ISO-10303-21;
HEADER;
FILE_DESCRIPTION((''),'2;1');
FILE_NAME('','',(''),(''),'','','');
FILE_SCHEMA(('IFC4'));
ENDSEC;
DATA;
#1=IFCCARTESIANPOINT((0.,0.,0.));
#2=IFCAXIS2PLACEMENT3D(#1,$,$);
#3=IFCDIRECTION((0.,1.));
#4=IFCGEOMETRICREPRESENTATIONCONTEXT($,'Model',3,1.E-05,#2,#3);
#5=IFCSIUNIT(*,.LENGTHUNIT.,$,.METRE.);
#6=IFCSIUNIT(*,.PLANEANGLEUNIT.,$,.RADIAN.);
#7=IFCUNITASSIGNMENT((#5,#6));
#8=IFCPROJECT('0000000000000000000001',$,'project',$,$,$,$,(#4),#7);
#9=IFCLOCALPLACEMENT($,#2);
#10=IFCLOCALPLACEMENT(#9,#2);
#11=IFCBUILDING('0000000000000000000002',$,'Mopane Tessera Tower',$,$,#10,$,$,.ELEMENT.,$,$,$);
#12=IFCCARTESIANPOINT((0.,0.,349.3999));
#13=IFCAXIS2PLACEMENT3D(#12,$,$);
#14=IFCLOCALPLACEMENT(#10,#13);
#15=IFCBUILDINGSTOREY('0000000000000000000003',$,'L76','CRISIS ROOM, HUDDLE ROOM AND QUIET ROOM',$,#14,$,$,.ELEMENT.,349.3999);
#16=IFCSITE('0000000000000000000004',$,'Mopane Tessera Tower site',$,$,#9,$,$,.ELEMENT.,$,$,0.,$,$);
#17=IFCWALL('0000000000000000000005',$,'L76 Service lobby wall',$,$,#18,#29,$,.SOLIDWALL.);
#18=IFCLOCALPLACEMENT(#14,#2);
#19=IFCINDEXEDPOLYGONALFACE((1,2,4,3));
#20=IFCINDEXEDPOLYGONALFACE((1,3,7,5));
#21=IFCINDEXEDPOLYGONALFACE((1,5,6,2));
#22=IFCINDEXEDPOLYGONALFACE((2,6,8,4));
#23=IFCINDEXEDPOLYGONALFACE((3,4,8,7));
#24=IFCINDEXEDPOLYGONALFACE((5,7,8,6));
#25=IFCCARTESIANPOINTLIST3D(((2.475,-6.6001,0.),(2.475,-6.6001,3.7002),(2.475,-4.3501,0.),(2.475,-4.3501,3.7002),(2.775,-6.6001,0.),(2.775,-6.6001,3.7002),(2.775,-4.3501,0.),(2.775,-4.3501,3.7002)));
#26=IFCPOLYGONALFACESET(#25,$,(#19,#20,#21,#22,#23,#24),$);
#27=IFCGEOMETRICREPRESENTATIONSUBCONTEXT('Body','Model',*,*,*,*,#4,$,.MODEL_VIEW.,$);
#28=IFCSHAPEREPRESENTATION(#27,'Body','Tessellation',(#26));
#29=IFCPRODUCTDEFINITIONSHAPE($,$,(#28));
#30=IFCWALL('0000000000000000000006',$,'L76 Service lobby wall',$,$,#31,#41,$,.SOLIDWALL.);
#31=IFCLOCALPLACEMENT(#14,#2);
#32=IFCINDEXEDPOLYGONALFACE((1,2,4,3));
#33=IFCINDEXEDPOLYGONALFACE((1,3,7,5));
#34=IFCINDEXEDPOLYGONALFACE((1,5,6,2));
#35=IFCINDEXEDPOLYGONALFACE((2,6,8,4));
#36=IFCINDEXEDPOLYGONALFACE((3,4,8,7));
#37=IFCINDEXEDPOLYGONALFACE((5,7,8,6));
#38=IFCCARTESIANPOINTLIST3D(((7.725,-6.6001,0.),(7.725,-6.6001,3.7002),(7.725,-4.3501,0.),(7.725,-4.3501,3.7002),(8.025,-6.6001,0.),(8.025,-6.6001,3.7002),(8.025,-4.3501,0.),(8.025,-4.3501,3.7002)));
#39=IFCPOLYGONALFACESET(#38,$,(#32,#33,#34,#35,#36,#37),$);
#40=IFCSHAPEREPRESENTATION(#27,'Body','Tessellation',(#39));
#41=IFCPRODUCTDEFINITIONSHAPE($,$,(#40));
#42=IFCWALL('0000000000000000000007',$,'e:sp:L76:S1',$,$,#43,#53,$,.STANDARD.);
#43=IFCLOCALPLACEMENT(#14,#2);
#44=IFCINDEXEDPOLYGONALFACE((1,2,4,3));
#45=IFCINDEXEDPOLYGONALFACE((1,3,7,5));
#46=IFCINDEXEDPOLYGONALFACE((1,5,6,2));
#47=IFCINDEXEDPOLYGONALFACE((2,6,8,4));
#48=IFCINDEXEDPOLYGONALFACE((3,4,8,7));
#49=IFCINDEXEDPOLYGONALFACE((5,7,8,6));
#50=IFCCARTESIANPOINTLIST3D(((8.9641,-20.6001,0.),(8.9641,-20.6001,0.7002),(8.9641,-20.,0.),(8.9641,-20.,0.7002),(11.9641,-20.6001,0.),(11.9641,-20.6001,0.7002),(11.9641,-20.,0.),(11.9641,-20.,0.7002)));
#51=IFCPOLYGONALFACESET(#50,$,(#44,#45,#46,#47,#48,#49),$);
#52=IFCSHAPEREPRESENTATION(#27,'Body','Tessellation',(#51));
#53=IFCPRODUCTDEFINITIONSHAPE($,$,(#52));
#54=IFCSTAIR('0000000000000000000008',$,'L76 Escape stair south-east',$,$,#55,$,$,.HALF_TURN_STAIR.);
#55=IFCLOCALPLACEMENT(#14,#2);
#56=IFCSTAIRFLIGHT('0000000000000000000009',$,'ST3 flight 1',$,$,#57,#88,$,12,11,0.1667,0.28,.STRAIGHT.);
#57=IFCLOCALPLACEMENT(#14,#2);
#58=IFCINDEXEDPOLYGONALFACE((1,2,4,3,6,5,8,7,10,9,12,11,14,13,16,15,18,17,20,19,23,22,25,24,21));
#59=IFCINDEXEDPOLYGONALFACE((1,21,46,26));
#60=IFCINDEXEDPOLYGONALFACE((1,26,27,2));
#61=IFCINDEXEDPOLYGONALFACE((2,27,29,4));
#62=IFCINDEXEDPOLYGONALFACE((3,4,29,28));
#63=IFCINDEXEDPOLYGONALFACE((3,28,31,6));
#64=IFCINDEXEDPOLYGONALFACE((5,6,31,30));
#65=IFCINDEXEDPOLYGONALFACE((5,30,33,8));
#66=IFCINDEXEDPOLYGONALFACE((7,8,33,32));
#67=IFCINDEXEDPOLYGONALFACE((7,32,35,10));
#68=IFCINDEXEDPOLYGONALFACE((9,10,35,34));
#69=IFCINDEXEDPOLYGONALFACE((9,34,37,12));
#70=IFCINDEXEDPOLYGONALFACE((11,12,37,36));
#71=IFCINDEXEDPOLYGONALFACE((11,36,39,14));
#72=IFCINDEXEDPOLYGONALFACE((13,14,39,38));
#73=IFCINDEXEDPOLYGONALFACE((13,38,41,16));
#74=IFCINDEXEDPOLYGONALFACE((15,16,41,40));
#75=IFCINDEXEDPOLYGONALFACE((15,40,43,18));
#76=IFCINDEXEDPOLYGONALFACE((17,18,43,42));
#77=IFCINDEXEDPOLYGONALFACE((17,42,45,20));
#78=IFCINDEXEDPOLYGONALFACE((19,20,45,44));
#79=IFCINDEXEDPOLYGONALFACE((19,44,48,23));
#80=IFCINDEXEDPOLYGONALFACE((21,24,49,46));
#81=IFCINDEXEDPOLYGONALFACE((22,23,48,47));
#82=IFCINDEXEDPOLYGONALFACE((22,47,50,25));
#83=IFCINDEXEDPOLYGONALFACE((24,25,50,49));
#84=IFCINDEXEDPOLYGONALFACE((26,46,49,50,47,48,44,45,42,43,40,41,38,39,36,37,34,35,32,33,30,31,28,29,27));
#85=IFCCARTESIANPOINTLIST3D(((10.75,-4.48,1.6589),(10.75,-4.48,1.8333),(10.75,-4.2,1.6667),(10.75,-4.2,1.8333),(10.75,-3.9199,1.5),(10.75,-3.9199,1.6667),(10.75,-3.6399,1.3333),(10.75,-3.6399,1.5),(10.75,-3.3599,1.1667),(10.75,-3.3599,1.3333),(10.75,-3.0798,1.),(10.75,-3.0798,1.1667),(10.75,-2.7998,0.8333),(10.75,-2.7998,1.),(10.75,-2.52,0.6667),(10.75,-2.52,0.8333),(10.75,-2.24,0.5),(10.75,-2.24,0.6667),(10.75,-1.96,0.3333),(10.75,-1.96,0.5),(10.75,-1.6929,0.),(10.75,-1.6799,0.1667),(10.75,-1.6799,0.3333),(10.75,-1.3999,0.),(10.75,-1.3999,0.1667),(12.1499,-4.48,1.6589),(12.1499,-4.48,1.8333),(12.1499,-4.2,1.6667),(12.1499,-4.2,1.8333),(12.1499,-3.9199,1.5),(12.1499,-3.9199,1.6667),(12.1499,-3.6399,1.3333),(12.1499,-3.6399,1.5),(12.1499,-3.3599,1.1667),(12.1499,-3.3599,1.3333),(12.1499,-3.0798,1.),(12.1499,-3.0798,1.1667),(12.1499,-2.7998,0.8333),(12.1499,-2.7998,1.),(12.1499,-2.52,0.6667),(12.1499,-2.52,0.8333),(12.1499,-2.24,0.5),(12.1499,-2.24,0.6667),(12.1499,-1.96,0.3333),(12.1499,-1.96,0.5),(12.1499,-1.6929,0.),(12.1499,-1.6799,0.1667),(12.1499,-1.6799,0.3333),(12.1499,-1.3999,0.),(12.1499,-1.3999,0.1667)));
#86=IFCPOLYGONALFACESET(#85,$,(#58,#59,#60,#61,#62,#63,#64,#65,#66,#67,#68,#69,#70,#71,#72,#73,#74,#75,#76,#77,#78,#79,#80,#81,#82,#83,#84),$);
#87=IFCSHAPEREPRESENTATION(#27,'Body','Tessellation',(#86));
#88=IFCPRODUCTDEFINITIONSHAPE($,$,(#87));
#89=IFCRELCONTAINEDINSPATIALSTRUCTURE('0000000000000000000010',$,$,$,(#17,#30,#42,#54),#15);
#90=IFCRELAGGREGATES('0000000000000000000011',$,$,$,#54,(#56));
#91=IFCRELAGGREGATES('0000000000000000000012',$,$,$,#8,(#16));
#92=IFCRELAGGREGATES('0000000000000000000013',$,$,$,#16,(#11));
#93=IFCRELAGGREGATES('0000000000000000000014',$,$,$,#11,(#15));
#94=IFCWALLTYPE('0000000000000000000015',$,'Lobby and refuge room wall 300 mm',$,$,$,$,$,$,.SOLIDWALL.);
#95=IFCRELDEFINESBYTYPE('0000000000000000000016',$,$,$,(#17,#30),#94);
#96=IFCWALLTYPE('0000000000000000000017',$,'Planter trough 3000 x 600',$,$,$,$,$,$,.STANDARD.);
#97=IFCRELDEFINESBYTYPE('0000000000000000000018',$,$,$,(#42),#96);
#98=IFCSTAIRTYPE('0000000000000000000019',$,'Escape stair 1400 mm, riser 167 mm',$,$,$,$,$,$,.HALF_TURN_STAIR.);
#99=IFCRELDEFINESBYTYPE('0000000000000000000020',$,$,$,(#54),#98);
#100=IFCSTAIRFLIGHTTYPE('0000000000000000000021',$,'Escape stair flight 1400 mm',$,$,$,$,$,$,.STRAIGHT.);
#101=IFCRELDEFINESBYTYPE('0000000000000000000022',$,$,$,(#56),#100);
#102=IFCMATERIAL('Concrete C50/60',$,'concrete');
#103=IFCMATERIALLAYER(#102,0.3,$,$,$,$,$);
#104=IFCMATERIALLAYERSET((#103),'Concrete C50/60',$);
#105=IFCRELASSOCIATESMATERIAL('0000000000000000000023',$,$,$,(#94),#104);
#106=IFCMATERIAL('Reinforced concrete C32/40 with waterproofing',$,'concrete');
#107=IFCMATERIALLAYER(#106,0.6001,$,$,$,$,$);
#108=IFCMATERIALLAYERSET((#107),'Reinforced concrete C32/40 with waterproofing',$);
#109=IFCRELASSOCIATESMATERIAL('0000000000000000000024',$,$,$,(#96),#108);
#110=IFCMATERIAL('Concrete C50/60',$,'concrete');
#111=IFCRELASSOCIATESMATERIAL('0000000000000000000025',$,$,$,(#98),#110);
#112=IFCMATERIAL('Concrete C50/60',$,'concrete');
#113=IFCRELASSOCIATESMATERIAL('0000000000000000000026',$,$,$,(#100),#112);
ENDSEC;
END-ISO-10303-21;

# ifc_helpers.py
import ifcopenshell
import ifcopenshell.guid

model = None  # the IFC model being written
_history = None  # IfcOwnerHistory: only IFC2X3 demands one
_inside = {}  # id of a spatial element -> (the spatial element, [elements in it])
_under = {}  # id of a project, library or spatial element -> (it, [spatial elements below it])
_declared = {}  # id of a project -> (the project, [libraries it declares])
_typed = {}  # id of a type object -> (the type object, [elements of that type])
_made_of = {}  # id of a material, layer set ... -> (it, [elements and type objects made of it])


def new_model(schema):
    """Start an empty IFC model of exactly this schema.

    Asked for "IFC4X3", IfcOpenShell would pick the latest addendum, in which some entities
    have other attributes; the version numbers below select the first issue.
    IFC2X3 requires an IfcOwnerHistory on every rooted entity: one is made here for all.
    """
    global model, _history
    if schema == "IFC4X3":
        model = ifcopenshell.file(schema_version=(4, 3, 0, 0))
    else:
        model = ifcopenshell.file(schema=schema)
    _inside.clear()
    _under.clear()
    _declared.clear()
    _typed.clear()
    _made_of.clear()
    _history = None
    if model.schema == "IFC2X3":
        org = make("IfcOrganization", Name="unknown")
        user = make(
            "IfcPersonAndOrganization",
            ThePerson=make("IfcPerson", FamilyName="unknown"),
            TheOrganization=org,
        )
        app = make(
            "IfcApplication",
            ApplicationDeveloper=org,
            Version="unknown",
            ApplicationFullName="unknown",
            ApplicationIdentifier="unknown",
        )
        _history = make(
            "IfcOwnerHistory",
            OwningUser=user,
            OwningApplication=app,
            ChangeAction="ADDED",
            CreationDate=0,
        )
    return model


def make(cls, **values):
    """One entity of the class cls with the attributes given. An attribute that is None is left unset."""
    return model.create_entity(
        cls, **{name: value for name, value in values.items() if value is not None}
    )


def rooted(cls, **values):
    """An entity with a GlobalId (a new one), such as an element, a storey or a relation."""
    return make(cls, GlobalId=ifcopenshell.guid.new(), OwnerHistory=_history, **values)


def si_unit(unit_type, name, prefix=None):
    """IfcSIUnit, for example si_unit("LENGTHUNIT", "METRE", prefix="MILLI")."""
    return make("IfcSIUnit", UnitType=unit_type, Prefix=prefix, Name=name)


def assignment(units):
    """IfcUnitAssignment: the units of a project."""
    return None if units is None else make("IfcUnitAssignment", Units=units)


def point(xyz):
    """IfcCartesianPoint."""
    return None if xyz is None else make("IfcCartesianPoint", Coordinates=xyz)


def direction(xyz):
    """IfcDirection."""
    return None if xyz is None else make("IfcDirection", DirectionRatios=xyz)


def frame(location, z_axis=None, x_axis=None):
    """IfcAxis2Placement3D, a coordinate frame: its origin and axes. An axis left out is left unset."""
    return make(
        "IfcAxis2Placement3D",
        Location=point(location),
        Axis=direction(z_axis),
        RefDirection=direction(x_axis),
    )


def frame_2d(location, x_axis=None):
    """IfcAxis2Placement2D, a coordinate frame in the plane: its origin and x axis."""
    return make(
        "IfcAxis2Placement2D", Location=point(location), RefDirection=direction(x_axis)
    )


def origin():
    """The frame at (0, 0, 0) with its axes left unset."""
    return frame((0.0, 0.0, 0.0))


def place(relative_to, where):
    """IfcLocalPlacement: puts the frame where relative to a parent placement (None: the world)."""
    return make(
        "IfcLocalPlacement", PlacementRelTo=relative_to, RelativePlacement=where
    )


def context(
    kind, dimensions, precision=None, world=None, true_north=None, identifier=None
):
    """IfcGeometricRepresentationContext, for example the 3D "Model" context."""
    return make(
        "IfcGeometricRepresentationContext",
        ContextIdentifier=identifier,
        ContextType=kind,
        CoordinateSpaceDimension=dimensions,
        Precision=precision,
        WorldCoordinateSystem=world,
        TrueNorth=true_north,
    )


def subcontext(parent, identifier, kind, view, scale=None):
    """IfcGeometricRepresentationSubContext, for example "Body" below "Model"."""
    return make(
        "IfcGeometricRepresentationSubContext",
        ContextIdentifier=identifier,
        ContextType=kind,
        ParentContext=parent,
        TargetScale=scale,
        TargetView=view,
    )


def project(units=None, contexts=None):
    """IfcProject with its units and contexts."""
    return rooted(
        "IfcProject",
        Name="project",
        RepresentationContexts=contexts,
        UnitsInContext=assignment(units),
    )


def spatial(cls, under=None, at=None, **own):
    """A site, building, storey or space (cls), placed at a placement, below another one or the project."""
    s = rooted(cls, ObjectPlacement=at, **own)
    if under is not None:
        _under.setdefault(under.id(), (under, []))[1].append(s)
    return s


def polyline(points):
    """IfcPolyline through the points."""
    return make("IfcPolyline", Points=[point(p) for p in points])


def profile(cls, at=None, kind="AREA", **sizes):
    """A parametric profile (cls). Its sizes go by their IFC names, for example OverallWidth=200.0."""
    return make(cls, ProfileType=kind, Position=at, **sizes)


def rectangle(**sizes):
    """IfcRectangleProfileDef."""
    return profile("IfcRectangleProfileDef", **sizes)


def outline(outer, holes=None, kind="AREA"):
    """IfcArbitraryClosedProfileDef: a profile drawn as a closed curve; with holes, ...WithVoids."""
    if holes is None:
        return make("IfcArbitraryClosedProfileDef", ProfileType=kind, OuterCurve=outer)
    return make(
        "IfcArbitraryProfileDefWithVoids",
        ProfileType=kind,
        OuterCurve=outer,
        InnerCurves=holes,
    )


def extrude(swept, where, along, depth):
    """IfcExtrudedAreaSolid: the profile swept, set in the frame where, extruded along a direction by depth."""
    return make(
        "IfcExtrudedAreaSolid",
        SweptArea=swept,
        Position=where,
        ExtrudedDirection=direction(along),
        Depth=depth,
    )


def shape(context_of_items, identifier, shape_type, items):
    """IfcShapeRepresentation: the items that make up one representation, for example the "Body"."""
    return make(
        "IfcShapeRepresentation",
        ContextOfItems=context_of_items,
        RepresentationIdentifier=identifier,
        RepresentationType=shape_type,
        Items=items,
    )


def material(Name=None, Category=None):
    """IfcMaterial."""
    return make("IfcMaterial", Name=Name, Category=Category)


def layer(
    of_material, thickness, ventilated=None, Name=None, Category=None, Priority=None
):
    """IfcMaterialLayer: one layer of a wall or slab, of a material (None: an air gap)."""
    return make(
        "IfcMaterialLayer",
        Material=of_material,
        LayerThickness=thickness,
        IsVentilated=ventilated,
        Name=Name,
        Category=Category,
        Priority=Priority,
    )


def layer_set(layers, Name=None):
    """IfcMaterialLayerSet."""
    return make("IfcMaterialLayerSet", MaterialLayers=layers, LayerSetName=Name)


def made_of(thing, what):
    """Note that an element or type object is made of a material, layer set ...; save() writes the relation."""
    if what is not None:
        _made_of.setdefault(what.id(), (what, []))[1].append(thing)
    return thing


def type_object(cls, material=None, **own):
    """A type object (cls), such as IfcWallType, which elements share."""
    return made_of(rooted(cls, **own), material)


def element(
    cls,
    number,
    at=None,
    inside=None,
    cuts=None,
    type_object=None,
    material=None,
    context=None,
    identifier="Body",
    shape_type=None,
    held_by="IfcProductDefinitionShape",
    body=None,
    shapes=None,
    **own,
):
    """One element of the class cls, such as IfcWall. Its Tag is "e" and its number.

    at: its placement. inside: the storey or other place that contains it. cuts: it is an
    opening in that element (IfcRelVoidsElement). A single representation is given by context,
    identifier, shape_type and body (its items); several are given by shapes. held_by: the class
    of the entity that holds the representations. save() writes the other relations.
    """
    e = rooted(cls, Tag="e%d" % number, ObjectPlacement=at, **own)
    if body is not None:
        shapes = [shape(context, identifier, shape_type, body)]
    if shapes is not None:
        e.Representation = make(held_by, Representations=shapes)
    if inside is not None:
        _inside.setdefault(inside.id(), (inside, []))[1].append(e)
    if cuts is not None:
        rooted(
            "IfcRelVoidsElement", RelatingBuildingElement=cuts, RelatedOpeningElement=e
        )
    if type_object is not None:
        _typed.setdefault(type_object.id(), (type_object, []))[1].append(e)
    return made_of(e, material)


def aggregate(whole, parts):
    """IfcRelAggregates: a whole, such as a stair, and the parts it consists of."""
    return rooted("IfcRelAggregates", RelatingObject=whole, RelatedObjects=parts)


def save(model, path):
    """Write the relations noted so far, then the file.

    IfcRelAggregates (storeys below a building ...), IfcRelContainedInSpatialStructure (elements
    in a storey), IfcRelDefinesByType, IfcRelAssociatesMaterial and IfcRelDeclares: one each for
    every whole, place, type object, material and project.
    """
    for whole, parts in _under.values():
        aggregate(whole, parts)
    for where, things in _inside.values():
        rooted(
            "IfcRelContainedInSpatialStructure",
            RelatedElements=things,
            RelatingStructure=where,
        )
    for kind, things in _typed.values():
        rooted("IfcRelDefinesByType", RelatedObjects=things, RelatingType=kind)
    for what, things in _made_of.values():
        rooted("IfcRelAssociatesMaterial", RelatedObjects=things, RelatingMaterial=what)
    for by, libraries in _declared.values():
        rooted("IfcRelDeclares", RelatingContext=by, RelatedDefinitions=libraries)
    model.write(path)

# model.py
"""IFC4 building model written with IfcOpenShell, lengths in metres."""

from ifc_helpers import new_model, si_unit, direction, frame, frame_2d, origin, place, context, subcontext, project, spatial, polyline, rectangle, outline, extrude, material, layer, layer_set, type_object, element, aggregate, save


model = new_model("IFC4")

# Units and contexts
model_context = context("Model", 3, precision=1e-05, world=origin(), true_north=direction((0.0, 1.0)))
body_context = subcontext(model_context, "Body", "Model", "MODEL_VIEW")
ifc_project = project(units=[si_unit("LENGTHUNIT", "METRE"), si_unit("PLANEANGLEUNIT", "RADIAN")], contexts=[model_context])

# Site, building, storey
site_placement = place(None, origin())
site = spatial("IfcSite", under=ifc_project, at=site_placement, Name="Mopane Tessera Tower site", CompositionType="ELEMENT", RefElevation=0.0)
building_placement = place(site_placement, origin())
building = spatial("IfcBuilding", under=site, at=building_placement, Name="Mopane Tessera Tower", CompositionType="ELEMENT")
storey_placement = place(building_placement, frame((0.0, 0.0, 349.3999)))
storey = spatial("IfcBuildingStorey", under=building, at=storey_placement, Name="L76", Description="CRISIS ROOM, HUDDLE ROOM AND QUIET ROOM", CompositionType="ELEMENT", Elevation=349.3999)

# Walls
ifc_material_1 = material(Name="Concrete C50/60", Category="concrete")
ifc_layer_1 = layer(ifc_material_1, 0.3)
ifc_layer_set_1 = layer_set([ifc_layer_1], Name="Concrete C50/60")
wall_type_1 = type_object("IfcWallType", Name="Lobby and refuge room wall 300 mm", PredefinedType="SOLIDWALL", material=ifc_layer_set_1)
for number, where, z_axis, x_axis, name in (
    (1, (2.625, -6.6001, 0.0), (0.0, 0.0, 1.0), (0.0, 1.0, 0.0), "L76 Service lobby wall"),
    (2, (7.875, -6.6001, 0.0), (0.0, 0.0, 1.0), (0.0, 1.0, 0.0), "L76 Service lobby wall"),
):
    element("IfcWall", number, at=place(storey_placement, frame(where, z_axis=z_axis, x_axis=x_axis)), inside=storey, type_object=wall_type_1, Name=name, PredefinedType="SOLIDWALL", context=body_context, shape_type="SweptSolid", body=[
        extrude(rectangle(XDim=2.25, YDim=0.3, at=frame_2d((1.125, 0.0))), origin(), (0.0, 0.0, 1.0), 3.7002),
    ])
ifc_material_2 = material(Name="Reinforced concrete C32/40 with waterproofing", Category="concrete")
ifc_layer_2 = layer(ifc_material_2, 0.6001)
ifc_layer_set_2 = layer_set([ifc_layer_2], Name="Reinforced concrete C32/40 with waterproofing")
wall_type_2 = type_object("IfcWallType", Name="Planter trough 3000 x 600", PredefinedType="STANDARD", material=ifc_layer_set_2)
wall_1_placement = place(storey_placement, frame((8.9641, -20.3, 0.0), z_axis=(0.0, 0.0, 1.0), x_axis=(1.0, 0.0, 0.0)))
element("IfcWall", 3, at=wall_1_placement, inside=storey, type_object=wall_type_2, Name="e:sp:L76:S1", PredefinedType="STANDARD", context=body_context, shape_type="SweptSolid", body=[
    extrude(rectangle(XDim=3.0, YDim=0.6001, at=frame_2d((1.5, 0.0))), origin(), (0.0, 0.0, 1.0), 0.7002),
])

# Stair, stair flight
ifc_material_3 = material(Name="Concrete C50/60", Category="concrete")
stair_type = type_object("IfcStairType", Name="Escape stair 1400 mm, riser 167 mm", PredefinedType="HALF_TURN_STAIR", material=ifc_material_3)
stair_placement = place(storey_placement, origin())
stair = element("IfcStair", 4, at=stair_placement, inside=storey, type_object=stair_type, Name="L76 Escape stair south-east", PredefinedType="HALF_TURN_STAIR")
ifc_material_4 = material(Name="Concrete C50/60", Category="concrete")
stair_flight_type = type_object("IfcStairFlightType", Name="Escape stair flight 1400 mm", PredefinedType="STRAIGHT", material=ifc_material_4)
stair_flight_placement = place(storey_placement, frame((11.45, -1.3999, 0.0), z_axis=(0.0, 0.0, 1.0), x_axis=(0.0, -1.0, 0.0)))
stair_flight = element("IfcStairFlight", 5, at=stair_flight_placement, type_object=stair_flight_type, Name="ST3 flight 1", NumberOfRisers=12, NumberOfTreads=11, PredefinedType="STRAIGHT", RiserHeight=0.1667, TreadLength=0.28, context=body_context, shape_type="SweptSolid", body=[
    extrude(outline(polyline([(0.0, 0.0), (0.0, 0.1667), (0.28, 0.1667), (0.28, 0.3333), (0.5601, 0.3333), (0.5601, 0.5), (0.8401, 0.5), (0.8401, 0.6667), (1.1201, 0.6667), (1.1201, 0.8333), (1.3999, 0.8333), (1.3999, 1.0), (1.6799, 1.0), (1.6799, 1.1667), (1.96, 1.1667), (1.96, 1.3333), (2.24, 1.3333), (2.24, 1.5), (2.52, 1.5), (2.52, 1.6667), (2.8, 1.6667), (2.8, 1.8333), (3.0801, 1.8333), (3.0801, 2.0), (3.0801, 1.6589), (0.293, 0.0), (0.0, 0.0)])), frame((0.0, 0.7, 0.0), z_axis=(0.0, -1.0, 0.0), x_axis=(1.0, 0.0, 0.0)), (0.0, 0.0, 1.0), 1.3999),
])
aggregate(stair, [stair_flight])

save(model, "model.ifc")
